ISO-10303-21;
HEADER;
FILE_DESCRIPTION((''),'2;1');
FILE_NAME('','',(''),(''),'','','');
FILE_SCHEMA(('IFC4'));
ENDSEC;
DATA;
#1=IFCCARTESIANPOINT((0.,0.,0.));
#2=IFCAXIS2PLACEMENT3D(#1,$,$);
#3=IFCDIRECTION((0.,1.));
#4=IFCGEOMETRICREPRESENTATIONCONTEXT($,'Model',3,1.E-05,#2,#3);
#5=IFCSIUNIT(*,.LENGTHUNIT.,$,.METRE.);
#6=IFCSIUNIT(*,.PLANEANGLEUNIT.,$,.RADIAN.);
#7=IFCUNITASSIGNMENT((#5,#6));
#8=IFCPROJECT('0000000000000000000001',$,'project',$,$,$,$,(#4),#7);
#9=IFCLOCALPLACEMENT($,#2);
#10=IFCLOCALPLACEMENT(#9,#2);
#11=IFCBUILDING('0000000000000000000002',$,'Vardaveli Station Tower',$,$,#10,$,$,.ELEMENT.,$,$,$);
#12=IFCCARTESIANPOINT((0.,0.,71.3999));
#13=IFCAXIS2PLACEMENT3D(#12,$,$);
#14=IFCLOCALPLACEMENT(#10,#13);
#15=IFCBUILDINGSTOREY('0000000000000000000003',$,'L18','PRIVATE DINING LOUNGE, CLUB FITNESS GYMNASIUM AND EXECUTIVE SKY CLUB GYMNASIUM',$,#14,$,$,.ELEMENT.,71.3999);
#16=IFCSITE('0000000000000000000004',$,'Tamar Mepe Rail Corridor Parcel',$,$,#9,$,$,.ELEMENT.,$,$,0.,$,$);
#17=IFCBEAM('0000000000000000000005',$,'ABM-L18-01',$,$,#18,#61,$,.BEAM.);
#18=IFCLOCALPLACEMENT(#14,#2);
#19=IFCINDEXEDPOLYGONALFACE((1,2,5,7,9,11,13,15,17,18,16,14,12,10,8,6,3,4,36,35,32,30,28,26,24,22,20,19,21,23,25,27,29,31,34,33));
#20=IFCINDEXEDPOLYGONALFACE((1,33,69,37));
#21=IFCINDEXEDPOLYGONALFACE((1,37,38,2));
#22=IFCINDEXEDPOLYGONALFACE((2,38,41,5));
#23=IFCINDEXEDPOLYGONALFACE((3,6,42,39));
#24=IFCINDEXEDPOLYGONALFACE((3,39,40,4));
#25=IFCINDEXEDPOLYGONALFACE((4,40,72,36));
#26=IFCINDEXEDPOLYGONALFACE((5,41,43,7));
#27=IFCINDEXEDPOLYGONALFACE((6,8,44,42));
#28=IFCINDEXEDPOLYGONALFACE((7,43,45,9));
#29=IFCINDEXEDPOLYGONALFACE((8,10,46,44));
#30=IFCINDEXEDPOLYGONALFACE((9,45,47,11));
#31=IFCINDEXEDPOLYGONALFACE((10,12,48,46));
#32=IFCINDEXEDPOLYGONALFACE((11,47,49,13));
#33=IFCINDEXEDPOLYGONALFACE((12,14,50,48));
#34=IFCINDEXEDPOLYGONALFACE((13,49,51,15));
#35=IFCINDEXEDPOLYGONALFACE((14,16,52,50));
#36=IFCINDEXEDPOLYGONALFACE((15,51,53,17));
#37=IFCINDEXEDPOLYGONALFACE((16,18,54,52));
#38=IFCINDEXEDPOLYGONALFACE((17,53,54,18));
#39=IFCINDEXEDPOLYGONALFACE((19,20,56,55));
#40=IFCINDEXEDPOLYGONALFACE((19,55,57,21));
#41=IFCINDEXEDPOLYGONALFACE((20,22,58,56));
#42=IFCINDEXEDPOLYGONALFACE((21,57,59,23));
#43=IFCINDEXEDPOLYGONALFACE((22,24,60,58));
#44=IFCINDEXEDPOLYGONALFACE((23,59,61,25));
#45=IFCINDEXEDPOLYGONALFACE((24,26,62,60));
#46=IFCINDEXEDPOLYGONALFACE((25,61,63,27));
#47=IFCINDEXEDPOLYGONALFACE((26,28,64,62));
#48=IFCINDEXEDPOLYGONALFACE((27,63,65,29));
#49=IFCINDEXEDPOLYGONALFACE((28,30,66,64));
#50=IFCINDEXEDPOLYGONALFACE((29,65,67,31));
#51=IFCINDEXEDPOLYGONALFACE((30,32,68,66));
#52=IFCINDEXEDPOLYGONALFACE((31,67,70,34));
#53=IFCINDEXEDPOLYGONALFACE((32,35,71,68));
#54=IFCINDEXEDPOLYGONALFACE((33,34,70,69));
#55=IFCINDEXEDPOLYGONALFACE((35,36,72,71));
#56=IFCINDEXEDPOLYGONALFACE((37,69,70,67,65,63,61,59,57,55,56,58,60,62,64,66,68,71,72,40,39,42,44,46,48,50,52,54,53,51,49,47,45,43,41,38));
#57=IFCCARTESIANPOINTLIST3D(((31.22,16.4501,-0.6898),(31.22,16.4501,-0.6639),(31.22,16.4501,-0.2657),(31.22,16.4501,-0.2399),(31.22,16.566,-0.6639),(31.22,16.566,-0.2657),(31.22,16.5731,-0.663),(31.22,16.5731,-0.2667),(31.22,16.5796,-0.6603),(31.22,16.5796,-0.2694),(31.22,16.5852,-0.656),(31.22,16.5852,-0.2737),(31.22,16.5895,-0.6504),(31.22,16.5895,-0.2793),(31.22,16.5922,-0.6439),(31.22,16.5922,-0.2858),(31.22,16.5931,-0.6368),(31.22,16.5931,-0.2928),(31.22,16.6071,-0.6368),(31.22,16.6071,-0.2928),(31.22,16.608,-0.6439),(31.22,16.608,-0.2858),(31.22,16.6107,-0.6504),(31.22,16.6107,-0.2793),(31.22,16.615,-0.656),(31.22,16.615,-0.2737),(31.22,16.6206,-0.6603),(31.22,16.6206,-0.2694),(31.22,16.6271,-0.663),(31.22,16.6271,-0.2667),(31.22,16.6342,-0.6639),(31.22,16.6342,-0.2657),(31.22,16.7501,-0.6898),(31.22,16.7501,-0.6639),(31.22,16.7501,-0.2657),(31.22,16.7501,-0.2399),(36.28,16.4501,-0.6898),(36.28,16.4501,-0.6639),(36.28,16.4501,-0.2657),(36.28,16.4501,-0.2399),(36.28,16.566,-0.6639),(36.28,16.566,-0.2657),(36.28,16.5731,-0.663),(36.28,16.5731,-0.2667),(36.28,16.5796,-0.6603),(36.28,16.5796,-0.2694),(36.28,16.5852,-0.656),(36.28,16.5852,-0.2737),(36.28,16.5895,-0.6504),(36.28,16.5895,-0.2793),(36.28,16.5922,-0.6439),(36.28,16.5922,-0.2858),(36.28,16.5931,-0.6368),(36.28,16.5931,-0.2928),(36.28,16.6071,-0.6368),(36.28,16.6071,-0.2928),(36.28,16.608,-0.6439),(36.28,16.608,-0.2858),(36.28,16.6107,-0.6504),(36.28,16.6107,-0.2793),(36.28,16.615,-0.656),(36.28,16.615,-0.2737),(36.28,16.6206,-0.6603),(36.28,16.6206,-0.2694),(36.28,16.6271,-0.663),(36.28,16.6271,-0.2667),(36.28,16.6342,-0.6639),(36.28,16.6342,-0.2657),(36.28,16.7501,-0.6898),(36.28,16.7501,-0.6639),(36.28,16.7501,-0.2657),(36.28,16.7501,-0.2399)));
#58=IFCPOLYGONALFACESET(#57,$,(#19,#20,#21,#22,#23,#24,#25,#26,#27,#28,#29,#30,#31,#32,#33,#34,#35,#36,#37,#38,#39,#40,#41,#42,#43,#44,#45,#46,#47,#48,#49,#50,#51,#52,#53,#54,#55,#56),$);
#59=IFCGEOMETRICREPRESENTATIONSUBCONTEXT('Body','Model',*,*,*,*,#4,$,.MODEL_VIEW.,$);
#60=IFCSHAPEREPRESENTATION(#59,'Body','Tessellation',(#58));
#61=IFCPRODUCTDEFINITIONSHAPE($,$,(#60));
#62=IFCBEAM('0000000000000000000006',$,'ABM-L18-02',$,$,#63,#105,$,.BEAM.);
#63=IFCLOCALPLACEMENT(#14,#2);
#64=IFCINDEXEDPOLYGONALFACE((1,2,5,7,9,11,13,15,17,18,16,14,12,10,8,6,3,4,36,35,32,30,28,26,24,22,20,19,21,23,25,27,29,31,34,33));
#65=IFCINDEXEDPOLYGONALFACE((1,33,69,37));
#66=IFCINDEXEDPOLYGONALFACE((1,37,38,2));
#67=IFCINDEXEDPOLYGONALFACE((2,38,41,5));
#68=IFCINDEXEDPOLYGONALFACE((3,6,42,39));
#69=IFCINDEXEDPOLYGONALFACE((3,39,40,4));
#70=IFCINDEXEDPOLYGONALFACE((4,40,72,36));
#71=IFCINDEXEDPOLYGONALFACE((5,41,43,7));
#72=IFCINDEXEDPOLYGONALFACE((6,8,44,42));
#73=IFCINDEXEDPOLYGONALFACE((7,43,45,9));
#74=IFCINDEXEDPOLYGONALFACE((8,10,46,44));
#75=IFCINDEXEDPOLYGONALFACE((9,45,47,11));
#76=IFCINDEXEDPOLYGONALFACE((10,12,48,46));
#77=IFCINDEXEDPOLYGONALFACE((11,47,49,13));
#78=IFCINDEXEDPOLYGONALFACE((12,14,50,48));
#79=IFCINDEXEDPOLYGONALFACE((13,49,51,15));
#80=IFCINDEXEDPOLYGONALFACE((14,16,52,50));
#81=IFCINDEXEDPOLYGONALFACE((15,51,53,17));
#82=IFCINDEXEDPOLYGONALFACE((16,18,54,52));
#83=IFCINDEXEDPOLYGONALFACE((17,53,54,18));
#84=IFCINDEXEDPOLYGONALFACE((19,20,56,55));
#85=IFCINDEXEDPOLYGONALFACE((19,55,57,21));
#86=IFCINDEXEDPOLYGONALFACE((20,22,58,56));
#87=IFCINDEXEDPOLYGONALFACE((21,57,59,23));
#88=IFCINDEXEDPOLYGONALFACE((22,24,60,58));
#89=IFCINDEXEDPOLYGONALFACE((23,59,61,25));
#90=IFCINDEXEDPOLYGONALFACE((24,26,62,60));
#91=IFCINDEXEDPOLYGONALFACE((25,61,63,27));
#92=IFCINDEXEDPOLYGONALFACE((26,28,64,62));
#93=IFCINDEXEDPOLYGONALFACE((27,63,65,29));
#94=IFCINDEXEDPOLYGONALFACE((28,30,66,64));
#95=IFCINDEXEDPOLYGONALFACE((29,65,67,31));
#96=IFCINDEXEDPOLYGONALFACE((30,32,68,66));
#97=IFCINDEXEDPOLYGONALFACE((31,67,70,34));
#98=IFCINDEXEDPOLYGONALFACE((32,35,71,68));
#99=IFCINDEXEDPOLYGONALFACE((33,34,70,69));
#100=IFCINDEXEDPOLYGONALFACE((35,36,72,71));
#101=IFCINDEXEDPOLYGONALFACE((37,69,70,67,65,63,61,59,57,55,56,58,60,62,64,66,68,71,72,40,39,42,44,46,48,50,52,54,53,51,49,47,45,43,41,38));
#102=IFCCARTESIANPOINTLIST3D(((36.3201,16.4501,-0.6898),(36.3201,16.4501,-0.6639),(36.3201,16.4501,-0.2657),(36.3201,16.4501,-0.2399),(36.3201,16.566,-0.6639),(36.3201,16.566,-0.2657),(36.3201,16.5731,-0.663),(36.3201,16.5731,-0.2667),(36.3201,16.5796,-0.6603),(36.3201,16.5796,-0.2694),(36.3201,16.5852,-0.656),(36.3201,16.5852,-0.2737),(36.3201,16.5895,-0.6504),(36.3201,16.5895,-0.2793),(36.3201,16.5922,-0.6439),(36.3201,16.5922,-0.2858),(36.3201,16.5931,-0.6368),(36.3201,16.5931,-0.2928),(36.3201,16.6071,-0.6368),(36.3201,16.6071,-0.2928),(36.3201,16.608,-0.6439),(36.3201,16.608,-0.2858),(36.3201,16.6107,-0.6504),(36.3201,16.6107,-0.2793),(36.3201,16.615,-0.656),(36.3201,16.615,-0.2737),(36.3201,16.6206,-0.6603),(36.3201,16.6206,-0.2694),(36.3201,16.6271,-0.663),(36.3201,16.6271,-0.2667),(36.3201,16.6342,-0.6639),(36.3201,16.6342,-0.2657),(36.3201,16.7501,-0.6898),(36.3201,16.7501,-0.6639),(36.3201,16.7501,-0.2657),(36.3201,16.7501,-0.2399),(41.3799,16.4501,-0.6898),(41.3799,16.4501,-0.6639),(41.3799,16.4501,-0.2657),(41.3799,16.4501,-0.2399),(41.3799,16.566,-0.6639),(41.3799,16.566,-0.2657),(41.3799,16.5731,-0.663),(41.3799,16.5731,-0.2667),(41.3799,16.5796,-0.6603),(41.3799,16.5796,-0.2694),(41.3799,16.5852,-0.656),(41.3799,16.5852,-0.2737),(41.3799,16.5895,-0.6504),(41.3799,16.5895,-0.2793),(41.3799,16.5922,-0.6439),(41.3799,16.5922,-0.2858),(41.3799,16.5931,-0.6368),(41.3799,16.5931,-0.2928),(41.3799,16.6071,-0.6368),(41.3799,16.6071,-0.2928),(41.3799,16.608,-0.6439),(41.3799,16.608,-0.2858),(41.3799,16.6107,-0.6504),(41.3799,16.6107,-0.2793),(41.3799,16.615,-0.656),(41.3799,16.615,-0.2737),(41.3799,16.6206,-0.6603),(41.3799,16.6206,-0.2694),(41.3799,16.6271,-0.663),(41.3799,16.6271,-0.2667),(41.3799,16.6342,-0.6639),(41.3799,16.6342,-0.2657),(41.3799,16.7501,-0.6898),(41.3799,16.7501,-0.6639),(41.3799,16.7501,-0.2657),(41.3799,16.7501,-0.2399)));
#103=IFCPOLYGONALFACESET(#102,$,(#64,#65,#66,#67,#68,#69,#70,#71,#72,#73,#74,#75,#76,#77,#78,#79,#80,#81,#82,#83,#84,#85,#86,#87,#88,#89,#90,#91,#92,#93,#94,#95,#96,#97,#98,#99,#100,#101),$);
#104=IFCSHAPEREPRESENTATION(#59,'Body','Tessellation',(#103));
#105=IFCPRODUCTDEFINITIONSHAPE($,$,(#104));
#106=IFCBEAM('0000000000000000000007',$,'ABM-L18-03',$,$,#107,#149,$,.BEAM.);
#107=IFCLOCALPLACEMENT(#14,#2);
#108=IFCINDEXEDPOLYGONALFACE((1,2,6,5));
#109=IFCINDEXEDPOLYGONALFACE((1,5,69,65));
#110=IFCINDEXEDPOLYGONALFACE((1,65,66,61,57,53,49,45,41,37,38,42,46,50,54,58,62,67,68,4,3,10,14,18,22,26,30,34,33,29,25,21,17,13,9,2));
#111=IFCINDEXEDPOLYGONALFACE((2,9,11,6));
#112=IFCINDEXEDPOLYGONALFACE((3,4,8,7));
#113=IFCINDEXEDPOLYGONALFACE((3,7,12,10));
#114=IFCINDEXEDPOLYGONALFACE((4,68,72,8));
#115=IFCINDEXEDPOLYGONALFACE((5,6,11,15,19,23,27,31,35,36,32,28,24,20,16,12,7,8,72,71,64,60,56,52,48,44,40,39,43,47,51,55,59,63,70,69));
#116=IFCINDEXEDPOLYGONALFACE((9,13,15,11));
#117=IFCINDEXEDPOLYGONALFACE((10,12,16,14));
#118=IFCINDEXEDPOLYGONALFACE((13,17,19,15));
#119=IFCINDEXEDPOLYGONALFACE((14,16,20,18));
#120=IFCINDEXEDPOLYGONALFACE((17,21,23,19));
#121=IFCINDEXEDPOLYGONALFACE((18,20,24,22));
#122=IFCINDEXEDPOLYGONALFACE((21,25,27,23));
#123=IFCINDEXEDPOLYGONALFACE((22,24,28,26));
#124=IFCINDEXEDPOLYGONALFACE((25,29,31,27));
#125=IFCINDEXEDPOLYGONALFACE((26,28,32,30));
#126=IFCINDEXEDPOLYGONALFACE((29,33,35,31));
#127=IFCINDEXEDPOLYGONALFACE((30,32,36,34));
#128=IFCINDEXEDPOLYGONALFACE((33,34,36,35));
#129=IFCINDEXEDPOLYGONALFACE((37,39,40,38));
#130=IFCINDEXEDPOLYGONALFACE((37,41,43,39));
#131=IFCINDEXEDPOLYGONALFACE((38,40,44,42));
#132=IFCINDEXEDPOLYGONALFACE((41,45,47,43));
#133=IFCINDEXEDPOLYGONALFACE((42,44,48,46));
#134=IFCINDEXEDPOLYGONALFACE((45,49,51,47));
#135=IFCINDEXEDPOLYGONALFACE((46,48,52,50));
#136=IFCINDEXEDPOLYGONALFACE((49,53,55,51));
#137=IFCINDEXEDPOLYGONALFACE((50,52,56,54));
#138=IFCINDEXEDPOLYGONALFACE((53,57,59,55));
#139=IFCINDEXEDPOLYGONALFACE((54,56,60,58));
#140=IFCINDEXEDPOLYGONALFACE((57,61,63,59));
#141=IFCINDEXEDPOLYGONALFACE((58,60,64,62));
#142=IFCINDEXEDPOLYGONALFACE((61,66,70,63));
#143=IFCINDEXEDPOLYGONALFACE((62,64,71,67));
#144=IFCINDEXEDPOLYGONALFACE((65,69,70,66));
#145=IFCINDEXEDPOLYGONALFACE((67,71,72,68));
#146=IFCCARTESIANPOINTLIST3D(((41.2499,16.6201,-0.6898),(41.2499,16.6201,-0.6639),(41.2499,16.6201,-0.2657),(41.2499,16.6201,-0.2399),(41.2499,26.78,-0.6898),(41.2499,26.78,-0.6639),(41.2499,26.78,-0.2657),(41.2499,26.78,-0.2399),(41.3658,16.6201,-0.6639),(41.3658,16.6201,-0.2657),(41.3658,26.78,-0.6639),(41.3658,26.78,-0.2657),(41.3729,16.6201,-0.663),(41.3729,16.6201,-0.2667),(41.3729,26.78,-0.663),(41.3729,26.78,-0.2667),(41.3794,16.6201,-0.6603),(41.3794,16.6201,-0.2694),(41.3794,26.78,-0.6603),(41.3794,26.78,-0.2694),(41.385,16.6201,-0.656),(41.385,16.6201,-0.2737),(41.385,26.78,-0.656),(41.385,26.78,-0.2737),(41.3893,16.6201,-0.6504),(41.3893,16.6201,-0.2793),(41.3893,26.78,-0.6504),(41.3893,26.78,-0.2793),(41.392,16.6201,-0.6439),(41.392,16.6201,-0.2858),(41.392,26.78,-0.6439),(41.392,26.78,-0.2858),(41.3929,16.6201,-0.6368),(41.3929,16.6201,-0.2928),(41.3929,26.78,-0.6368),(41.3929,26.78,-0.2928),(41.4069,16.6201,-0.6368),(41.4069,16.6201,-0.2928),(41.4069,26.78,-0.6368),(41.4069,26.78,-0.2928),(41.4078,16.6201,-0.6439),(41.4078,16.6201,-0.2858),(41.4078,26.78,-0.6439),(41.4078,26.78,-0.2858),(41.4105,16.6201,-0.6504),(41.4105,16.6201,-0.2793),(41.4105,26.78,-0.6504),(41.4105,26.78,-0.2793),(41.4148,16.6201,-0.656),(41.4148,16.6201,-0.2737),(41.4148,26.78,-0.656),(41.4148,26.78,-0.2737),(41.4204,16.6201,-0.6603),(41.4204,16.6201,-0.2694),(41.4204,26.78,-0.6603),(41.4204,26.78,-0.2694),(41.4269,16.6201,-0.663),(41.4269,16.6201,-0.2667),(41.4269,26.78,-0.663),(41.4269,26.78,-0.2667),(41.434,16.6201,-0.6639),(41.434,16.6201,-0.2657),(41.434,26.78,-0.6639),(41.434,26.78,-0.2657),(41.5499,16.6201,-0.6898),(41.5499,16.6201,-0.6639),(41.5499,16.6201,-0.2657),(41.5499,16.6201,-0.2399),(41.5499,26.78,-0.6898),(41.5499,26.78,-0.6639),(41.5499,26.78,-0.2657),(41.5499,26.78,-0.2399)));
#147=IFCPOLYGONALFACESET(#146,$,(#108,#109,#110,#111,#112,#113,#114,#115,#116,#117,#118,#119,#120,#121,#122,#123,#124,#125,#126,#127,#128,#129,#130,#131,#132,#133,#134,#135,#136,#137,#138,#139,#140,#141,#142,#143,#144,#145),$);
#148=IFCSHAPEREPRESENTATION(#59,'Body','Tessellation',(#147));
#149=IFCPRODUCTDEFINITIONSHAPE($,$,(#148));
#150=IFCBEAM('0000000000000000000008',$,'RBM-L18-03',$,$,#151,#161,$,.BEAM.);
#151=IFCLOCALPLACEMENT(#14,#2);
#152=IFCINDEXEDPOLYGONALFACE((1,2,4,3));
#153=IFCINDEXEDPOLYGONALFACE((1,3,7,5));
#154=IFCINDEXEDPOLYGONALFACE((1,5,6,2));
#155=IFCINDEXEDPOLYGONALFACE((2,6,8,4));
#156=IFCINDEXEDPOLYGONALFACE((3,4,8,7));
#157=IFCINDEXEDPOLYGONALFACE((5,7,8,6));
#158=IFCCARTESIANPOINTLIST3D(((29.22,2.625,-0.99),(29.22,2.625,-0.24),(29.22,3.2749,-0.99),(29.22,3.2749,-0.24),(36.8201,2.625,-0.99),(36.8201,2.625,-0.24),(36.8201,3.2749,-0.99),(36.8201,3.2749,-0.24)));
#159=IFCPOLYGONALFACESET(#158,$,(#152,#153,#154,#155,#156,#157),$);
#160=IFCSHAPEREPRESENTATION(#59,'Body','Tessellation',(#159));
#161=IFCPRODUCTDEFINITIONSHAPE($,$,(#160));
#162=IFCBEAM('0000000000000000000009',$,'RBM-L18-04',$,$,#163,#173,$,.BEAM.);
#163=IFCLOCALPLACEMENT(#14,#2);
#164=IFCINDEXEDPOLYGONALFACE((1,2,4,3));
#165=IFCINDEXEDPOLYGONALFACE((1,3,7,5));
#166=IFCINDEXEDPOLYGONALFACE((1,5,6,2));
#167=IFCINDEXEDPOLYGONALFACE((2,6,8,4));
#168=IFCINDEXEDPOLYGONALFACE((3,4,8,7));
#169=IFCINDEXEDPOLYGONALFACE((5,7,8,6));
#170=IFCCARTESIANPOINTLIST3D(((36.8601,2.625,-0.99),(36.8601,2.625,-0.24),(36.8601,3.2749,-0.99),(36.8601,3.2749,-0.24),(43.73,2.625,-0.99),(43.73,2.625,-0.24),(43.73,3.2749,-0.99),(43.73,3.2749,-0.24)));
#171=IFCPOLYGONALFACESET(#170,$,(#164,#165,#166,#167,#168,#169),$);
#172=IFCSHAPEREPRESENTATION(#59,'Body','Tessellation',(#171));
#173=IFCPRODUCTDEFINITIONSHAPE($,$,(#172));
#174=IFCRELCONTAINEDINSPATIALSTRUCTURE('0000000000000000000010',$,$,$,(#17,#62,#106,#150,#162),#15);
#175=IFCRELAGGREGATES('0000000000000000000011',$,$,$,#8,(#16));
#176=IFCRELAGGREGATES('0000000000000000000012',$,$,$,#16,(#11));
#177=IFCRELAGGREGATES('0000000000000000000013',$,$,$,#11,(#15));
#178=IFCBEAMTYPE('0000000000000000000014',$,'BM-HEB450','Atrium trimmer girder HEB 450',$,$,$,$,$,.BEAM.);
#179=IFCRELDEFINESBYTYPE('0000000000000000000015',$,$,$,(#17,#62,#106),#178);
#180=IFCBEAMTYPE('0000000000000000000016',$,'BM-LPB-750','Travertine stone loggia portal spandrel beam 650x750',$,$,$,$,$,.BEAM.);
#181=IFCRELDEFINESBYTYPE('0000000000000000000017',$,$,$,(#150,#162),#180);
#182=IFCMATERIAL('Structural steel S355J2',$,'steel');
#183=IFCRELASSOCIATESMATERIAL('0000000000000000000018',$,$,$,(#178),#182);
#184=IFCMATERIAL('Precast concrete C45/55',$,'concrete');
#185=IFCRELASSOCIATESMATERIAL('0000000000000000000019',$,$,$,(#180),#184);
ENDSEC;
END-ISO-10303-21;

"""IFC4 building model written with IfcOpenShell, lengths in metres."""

from ifc_helpers import new_model, si_unit, direction, frame, origin, origin_2d, place, context, subcontext, project, spatial, rectangle, i_section, extrude, source, transform, mapped, material, material_profile, profile_set, type_object, element, save


model = new_model("IFC4")

# Units and contexts
model_context = context("Model", 3, precision=1e-05, world=origin(), true_north=direction((0.0, 1.0)))
body_context = subcontext(model_context, "Body", "Model", "MODEL_VIEW")
ifc_project = project(units=[si_unit("LENGTHUNIT", "METRE"), si_unit("PLANEANGLEUNIT", "RADIAN")], contexts=[model_context])

# Site, building, storey
site_placement = place(None, origin())
site = spatial("IfcSite", under=ifc_project, at=site_placement, Name="Tamar Mepe Rail Corridor Parcel", CompositionType="ELEMENT", RefElevation=0.0)
building_placement = place(site_placement, origin())
building = spatial("IfcBuilding", under=site, at=building_placement, Name="Vardaveli Station Tower", CompositionType="ELEMENT")
storey_placement = place(building_placement, frame((0.0, 0.0, 71.3999)))
storey = spatial("IfcBuildingStorey", under=building, at=storey_placement, Name="L18", Description="PRIVATE DINING LOUNGE, CLUB FITNESS GYMNASIUM AND EXECUTIVE SKY CLUB GYMNASIUM", CompositionType="ELEMENT", Elevation=71.3999)

# Beams
ifc_material_1 = material(Name="Structural steel S355J2", Category="steel")
ifc_material_profile_1 = material_profile(ifc_material_1, i_section(OverallWidth=0.3, OverallDepth=0.45, WebThickness=0.0139, FlangeThickness=0.0259, FilletRadius=0.0271, at=origin_2d()), Name="HEB 450")
ifc_profile_set_1 = profile_set([ifc_material_profile_1], Name="Structural steel S355J2")
beam_type_1 = type_object("IfcBeamType", Name="BM-HEB450", Description="Atrium trimmer girder HEB 450", PredefinedType="BEAM", material=ifc_profile_set_1)
shared_shape_1 = source(origin(), body_context, "Body", "SweptSolid", [
    extrude(i_section(OverallWidth=0.3, OverallDepth=0.45, WebThickness=0.0139, FlangeThickness=0.0259, FilletRadius=0.0271, at=origin_2d()), origin(), (0.0, 0.0, 1.0), 5.0601),
])
beam_1_placement = place(storey_placement, frame((31.22, 16.6001, -0.4648), z_axis=(1.0, 0.0, 0.0), x_axis=(0.0, 1.0, 0.0)))
element("IfcBeam", 1, at=beam_1_placement, inside=storey, type_object=beam_type_1, Name="ABM-L18-01", PredefinedType="BEAM", context=body_context, shape_type="MappedRepresentation", body=[
    mapped(shared_shape_1, transform((0.0, 0.0, 0.0), scale=1.0)),
])
shared_shape_2 = source(origin(), body_context, "Body", "SweptSolid", [
    extrude(i_section(OverallWidth=0.3, OverallDepth=0.45, WebThickness=0.0139, FlangeThickness=0.0259, FilletRadius=0.0271, at=origin_2d()), origin(), (0.0, 0.0, 1.0), 5.0598),
])
beam_2_placement = place(storey_placement, frame((36.3201, 16.6001, -0.4648), z_axis=(1.0, 0.0, 0.0), x_axis=(0.0, 1.0, 0.0)))
element("IfcBeam", 2, at=beam_2_placement, inside=storey, type_object=beam_type_1, Name="ABM-L18-02", PredefinedType="BEAM", context=body_context, shape_type="MappedRepresentation", body=[
    mapped(shared_shape_2, transform((0.0, 0.0, 0.0), scale=1.0)),
])
shared_shape_3 = source(origin(), body_context, "Body", "SweptSolid", [
    extrude(i_section(OverallWidth=0.3, OverallDepth=0.45, WebThickness=0.0139, FlangeThickness=0.0259, FilletRadius=0.0271, at=origin_2d()), origin(), (0.0, 0.0, 1.0), 10.1599),
])
beam_3_placement = place(storey_placement, frame((41.3999, 16.6201, -0.4648), z_axis=(0.0, 1.0, 0.0), x_axis=(-1.0, 0.0, 0.0)))
element("IfcBeam", 3, at=beam_3_placement, inside=storey, type_object=beam_type_1, Name="ABM-L18-03", PredefinedType="BEAM", context=body_context, shape_type="MappedRepresentation", body=[
    mapped(shared_shape_3, transform((0.0, 0.0, 0.0), scale=1.0)),
])
ifc_material_2 = material(Name="Precast concrete C45/55", Category="concrete")
ifc_material_profile_2 = material_profile(ifc_material_2, rectangle(XDim=0.6499, YDim=0.75, at=origin_2d()), Name="LPB 650x750")
ifc_profile_set_2 = profile_set([ifc_material_profile_2], Name="Precast concrete C45/55")
beam_type_2 = type_object("IfcBeamType", Name="BM-LPB-750", Description="Travertine stone loggia portal spandrel beam 650x750", PredefinedType="BEAM", material=ifc_profile_set_2)
shared_shape_4 = source(origin(), body_context, "Body", "SweptSolid", [
    extrude(rectangle(XDim=0.6499, YDim=0.75, at=origin_2d()), origin(), (0.0, 0.0, 1.0), 7.6001),
])
beam_4_placement = place(storey_placement, frame((29.22, 2.95, -0.615), z_axis=(1.0, 0.0, 0.0), x_axis=(0.0, 1.0, 0.0)))
element("IfcBeam", 4, at=beam_4_placement, inside=storey, type_object=beam_type_2, Name="RBM-L18-03", PredefinedType="BEAM", context=body_context, shape_type="MappedRepresentation", body=[
    mapped(shared_shape_4, transform((0.0, 0.0, 0.0), scale=1.0)),
])
shared_shape_5 = source(origin(), body_context, "Body", "SweptSolid", [
    extrude(rectangle(XDim=0.6499, YDim=0.75, at=origin_2d()), origin(), (0.0, 0.0, 1.0), 6.8699),
])
beam_5_placement = place(storey_placement, frame((36.8601, 2.95, -0.615), z_axis=(1.0, 0.0, 0.0), x_axis=(0.0, 1.0, 0.0)))
element("IfcBeam", 5, at=beam_5_placement, inside=storey, type_object=beam_type_2, Name="RBM-L18-04", PredefinedType="BEAM", context=body_context, shape_type="MappedRepresentation", body=[
    mapped(shared_shape_5, transform((0.0, 0.0, 0.0), scale=1.0)),
])

save(model, "model.ifc")
